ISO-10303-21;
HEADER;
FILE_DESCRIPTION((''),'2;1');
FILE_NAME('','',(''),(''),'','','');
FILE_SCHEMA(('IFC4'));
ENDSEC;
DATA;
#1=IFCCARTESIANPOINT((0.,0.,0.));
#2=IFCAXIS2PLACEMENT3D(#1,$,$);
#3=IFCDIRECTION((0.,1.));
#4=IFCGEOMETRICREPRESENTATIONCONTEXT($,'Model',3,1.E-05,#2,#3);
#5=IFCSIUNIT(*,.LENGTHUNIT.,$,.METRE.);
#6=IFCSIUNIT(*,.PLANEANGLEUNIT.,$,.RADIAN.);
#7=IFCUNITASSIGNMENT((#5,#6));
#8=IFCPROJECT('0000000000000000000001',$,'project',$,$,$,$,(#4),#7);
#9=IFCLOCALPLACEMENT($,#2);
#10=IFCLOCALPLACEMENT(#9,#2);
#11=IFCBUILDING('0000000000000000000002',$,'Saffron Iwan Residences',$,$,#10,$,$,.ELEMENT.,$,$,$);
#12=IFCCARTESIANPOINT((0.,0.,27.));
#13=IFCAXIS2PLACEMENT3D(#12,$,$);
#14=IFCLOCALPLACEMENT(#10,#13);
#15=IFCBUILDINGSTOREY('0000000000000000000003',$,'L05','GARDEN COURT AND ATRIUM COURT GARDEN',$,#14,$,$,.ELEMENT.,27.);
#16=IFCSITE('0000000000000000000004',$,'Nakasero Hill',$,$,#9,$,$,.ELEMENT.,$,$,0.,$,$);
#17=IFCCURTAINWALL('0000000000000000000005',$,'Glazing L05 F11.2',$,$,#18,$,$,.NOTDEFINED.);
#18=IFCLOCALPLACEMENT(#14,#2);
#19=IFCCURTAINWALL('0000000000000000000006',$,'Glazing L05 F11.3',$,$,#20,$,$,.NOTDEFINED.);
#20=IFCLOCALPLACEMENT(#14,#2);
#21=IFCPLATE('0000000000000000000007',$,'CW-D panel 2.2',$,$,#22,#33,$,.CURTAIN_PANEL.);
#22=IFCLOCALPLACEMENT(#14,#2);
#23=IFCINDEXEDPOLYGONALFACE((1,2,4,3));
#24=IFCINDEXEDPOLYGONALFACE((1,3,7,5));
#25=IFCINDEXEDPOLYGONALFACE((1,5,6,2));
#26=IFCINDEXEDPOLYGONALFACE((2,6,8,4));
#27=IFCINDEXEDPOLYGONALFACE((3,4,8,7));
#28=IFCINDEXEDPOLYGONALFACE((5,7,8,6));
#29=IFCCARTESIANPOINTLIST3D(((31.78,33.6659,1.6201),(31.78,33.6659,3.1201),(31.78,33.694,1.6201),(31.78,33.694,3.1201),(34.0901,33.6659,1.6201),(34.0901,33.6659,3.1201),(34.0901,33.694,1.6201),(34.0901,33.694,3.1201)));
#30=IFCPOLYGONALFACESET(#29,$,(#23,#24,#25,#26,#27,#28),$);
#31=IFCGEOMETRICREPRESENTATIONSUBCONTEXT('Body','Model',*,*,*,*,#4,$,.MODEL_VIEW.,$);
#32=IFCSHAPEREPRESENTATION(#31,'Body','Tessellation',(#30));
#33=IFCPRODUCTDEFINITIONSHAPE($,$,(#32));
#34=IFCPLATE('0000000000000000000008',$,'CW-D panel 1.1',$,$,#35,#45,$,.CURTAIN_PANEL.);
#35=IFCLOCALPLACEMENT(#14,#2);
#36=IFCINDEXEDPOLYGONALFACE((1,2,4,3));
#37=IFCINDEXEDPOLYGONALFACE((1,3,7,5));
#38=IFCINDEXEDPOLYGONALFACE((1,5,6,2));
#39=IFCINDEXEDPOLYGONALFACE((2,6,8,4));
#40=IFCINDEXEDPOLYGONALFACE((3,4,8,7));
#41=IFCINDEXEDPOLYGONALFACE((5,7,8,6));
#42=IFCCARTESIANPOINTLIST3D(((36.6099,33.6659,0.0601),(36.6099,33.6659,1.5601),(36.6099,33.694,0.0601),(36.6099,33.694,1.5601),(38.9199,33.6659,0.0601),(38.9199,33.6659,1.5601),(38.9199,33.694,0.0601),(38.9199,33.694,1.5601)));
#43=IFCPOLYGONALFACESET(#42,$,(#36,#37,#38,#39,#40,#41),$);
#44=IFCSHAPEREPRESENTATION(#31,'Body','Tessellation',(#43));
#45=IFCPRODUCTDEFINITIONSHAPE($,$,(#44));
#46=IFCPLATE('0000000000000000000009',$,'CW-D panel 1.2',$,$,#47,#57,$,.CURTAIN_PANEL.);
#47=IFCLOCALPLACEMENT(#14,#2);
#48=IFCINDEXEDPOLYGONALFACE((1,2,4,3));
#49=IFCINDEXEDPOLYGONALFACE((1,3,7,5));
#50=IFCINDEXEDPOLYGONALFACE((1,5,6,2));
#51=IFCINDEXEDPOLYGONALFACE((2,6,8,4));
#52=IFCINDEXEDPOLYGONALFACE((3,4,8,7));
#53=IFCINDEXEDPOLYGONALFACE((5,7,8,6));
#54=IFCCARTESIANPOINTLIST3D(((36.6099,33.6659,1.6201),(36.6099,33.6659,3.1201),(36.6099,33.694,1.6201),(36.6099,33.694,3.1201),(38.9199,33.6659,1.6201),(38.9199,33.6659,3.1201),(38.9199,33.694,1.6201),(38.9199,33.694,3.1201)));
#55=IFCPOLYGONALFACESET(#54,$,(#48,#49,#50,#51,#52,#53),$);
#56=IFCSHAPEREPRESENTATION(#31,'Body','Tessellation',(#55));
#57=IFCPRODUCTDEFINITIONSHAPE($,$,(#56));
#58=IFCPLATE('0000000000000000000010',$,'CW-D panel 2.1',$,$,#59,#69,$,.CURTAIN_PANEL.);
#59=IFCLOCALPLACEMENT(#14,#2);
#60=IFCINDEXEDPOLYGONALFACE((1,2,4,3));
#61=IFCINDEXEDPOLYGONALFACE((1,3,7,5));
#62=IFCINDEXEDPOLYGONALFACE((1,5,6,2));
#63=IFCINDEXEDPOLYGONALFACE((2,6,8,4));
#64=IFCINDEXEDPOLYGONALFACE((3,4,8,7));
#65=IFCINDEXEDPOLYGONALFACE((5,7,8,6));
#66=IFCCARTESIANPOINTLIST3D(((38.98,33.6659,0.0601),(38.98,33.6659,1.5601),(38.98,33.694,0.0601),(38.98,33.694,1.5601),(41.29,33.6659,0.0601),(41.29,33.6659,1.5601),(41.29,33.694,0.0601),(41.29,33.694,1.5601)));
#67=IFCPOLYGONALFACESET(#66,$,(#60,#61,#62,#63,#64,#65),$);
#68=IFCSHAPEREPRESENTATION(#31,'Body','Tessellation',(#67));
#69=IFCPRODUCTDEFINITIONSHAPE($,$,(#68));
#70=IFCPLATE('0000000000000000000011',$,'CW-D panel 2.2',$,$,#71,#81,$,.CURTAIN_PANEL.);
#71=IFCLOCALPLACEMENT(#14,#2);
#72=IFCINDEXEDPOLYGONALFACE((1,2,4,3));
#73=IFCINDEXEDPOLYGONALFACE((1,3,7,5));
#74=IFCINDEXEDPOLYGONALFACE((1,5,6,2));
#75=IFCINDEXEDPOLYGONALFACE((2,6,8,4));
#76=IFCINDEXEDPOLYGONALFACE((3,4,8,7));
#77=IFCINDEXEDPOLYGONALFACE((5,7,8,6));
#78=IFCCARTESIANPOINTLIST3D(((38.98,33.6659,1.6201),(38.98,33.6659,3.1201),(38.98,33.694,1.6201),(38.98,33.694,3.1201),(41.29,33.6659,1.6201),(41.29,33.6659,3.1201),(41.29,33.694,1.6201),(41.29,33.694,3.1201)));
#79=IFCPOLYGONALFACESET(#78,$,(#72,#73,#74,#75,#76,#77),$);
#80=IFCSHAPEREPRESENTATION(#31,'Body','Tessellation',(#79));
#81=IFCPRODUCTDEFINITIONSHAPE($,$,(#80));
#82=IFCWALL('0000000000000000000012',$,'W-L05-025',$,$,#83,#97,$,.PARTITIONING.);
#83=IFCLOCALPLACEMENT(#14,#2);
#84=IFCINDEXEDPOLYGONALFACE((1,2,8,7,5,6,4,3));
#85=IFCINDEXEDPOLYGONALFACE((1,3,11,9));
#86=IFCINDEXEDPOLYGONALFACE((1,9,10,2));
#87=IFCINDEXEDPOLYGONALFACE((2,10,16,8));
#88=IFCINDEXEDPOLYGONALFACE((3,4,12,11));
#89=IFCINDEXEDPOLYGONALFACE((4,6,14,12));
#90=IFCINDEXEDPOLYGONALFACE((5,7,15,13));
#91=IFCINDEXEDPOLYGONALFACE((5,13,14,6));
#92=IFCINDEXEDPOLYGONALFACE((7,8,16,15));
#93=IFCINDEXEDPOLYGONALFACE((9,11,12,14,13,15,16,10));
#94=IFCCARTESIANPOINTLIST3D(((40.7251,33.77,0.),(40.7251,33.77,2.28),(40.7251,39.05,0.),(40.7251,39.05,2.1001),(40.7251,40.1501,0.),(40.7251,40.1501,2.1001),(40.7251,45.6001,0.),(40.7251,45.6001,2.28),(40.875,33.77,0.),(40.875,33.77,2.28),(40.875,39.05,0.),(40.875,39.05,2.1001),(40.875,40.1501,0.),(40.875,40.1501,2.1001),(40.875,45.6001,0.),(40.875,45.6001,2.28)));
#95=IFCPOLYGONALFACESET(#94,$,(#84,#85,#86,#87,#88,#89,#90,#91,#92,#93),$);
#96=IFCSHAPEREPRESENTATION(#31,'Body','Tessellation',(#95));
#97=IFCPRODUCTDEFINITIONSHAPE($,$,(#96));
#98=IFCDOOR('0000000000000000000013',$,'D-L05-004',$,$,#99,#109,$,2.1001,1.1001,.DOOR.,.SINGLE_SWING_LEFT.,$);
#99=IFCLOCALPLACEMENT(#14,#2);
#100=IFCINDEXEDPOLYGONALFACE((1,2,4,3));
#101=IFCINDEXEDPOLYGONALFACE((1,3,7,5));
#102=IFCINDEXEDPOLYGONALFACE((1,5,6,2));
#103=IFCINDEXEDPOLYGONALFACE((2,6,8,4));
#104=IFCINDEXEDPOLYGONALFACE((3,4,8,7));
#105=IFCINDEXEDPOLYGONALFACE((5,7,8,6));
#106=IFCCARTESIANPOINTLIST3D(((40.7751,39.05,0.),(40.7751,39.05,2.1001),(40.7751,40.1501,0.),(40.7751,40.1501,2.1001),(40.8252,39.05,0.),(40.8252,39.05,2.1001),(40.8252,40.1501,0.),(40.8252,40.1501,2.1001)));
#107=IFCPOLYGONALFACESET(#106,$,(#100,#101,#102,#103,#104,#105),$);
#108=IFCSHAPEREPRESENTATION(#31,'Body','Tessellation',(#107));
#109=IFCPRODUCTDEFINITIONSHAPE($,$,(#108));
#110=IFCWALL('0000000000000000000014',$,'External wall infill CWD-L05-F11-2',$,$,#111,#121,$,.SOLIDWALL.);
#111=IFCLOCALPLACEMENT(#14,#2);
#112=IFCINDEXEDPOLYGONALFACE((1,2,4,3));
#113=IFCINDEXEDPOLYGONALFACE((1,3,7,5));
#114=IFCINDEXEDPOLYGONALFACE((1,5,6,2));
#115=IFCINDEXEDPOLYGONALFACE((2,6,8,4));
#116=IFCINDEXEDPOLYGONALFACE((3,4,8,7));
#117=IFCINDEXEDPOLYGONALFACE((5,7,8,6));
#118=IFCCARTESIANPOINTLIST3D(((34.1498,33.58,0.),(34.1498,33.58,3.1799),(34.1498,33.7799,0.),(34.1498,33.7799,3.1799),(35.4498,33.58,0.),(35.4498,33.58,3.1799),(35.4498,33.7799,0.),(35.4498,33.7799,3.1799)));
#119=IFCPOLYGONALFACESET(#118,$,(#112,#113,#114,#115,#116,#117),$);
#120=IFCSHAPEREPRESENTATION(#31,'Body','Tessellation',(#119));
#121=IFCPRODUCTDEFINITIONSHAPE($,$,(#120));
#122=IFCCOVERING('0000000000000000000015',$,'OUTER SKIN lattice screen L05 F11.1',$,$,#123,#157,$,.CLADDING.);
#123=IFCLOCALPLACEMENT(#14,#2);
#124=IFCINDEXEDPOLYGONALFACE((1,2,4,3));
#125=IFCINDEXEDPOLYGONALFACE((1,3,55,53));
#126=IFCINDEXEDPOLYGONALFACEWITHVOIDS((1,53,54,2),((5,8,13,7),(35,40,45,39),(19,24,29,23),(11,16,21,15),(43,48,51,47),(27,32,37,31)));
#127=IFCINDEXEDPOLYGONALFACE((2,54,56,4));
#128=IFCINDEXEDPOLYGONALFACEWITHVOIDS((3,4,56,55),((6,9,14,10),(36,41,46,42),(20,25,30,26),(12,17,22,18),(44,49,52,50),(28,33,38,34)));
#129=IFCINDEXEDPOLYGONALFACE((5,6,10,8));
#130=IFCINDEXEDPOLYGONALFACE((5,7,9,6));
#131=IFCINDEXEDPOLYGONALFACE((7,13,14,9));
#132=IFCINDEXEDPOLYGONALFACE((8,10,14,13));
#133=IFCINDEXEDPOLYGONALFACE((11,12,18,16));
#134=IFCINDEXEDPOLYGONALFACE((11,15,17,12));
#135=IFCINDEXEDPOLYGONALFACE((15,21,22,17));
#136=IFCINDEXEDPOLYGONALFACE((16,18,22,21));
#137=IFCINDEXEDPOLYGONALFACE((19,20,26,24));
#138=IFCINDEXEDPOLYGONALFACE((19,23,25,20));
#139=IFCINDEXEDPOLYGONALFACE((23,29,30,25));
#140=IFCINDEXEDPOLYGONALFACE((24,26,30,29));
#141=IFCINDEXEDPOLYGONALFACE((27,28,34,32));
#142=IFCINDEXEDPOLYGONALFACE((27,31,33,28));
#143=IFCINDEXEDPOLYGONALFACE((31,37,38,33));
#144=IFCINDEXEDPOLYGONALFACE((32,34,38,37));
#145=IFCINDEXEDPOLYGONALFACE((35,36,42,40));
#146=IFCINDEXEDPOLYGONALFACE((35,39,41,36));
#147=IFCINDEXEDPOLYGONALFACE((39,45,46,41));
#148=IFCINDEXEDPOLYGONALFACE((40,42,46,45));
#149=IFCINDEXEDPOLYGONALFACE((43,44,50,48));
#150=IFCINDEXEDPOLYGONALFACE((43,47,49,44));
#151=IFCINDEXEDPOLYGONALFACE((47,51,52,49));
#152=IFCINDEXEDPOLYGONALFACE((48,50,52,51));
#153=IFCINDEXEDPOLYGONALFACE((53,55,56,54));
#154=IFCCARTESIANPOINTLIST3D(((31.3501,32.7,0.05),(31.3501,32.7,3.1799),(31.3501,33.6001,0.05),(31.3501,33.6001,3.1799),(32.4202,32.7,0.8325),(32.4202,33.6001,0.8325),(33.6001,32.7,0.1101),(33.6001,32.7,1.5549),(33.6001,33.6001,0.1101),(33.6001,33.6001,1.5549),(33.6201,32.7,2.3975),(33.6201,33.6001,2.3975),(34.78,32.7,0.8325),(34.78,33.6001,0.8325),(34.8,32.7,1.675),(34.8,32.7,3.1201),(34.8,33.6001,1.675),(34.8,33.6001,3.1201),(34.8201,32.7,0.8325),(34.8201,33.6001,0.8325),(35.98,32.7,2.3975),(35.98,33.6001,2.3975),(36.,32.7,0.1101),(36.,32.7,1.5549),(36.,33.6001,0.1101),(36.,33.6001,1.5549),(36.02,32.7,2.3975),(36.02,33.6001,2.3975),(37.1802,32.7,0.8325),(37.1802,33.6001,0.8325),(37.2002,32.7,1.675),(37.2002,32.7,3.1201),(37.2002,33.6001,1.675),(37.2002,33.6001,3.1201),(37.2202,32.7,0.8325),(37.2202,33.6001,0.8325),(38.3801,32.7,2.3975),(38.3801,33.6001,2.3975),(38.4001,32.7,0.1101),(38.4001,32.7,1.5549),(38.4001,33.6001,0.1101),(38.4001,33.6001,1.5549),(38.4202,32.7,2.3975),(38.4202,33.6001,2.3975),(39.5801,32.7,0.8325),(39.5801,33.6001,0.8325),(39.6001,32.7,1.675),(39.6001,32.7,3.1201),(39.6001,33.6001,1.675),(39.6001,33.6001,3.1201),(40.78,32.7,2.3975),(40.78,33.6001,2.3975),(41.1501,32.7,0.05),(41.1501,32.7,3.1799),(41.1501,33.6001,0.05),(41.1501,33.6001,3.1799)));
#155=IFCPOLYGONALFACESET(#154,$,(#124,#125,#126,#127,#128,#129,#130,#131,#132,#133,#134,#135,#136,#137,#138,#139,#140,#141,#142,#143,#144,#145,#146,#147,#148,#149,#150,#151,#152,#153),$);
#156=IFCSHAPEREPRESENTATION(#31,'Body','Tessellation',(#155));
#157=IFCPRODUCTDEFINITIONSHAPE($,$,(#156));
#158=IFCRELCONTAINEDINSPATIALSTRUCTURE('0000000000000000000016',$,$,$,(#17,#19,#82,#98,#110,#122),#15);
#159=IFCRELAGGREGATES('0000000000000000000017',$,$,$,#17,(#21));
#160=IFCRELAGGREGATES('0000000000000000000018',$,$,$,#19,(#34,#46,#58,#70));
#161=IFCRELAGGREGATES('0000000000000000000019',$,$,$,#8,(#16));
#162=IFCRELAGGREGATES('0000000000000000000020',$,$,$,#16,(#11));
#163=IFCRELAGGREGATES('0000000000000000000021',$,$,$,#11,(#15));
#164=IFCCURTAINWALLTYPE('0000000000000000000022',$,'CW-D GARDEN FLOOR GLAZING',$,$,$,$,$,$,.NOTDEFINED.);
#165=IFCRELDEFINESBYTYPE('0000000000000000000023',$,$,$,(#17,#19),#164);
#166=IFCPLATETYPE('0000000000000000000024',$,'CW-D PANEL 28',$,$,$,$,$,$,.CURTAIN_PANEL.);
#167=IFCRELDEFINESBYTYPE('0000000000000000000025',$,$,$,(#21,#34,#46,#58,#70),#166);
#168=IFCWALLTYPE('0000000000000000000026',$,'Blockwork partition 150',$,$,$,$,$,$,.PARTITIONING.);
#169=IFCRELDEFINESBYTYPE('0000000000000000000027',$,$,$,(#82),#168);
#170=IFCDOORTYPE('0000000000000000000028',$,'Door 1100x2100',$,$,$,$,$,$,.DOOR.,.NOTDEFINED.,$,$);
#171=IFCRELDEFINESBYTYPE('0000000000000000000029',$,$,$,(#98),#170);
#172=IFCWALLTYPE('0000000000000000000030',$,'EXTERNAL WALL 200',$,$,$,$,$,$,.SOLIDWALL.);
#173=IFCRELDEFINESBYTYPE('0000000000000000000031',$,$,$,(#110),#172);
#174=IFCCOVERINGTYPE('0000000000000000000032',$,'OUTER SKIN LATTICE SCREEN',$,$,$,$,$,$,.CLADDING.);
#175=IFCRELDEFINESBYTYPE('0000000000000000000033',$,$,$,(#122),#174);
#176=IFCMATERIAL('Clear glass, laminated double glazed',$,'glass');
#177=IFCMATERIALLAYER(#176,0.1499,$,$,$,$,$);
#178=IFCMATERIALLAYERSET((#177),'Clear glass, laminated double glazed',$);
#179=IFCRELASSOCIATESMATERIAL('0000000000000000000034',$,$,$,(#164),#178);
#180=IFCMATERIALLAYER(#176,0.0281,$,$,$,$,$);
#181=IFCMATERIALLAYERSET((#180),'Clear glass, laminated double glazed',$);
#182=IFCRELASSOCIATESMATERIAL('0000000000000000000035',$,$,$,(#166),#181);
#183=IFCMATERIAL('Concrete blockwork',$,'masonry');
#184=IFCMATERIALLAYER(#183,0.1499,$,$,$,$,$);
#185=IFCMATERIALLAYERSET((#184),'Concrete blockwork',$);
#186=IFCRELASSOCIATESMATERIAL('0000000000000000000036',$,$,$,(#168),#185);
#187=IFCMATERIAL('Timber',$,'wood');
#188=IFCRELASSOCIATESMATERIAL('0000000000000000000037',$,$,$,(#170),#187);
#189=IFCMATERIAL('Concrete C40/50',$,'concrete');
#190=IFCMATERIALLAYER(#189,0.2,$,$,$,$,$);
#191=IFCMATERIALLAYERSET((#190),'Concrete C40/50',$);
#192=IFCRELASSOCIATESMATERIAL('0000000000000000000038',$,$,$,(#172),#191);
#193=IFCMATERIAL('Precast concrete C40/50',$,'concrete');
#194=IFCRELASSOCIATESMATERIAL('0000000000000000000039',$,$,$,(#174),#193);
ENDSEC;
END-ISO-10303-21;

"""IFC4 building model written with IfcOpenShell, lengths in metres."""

from ifc_helpers import new_model, si_unit, direction, frame, frame_2d, origin, origin_2d, place, context, subcontext, project, spatial, polyline, rectangle, outline, extrude, source, transform, mapped, material, layer, layer_set, type_object, element, fill, aggregate, save


model = new_model("IFC4")

# Units and contexts
model_context = context("Model", 3, precision=1e-05, world=origin(), true_north=direction((0.0, 1.0)))
body_context = subcontext(model_context, "Body", "Model", "MODEL_VIEW")
ifc_project = project(units=[si_unit("LENGTHUNIT", "METRE"), si_unit("PLANEANGLEUNIT", "RADIAN")], contexts=[model_context])

# Site, building, storey
site_placement = place(None, origin())
site = spatial("IfcSite", under=ifc_project, at=site_placement, Name="Nakasero Hill", CompositionType="ELEMENT", RefElevation=0.0)
building_placement = place(site_placement, origin())
building = spatial("IfcBuilding", under=site, at=building_placement, Name="Saffron Iwan Residences", CompositionType="ELEMENT")
storey_placement = place(building_placement, frame((0.0, 0.0, 27.0)))
storey = spatial("IfcBuildingStorey", under=building, at=storey_placement, Name="L05", Description="GARDEN COURT AND ATRIUM COURT GARDEN", CompositionType="ELEMENT", Elevation=27.0)

# Curtain walls
ifc_material_1 = material(Name="Clear glass, laminated double glazed", Category="glass")
ifc_layer_1 = layer(ifc_material_1, 0.1499)
ifc_layer_set_1 = layer_set([ifc_layer_1], Name="Clear glass, laminated double glazed")
curtain_wall_type = type_object("IfcCurtainWallType", Name="CW-D GARDEN FLOOR GLAZING", PredefinedType="NOTDEFINED", material=ifc_layer_set_1)
curtain_wall_1_placement = place(storey_placement, origin())
curtain_wall_1 = element("IfcCurtainWall", 1, at=curtain_wall_1_placement, inside=storey, type_object=curtain_wall_type, Name="Glazing L05 F11.2", PredefinedType="NOTDEFINED")
curtain_wall_2_placement = place(storey_placement, origin())
curtain_wall_2 = element("IfcCurtainWall", 2, at=curtain_wall_2_placement, inside=storey, type_object=curtain_wall_type, Name="Glazing L05 F11.3", PredefinedType="NOTDEFINED")

# Plates
ifc_layer_2 = layer(ifc_material_1, 0.0281)
ifc_layer_set_2 = layer_set([ifc_layer_2], Name="Clear glass, laminated double glazed")
plate_type = type_object("IfcPlateType", Name="CW-D PANEL 28", PredefinedType="CURTAIN_PANEL", material=ifc_layer_set_2)
shared_shape_1 = source(origin(), body_context, "Body", "SweptSolid", [
    extrude(rectangle(XDim=2.3101, YDim=0.0281, at=origin_2d()), origin(), (0.0, 0.0, 1.0), 1.5),
])
plate_1_placement = place(storey_placement, frame((32.9351, 33.6799, 1.6201), z_axis=(0.0, 0.0, 1.0), x_axis=(1.0, 0.0, 0.0)))
plate_1 = element("IfcPlate", 3, at=plate_1_placement, type_object=plate_type, Name="CW-D panel 2.2", PredefinedType="CURTAIN_PANEL", context=body_context, shape_type="MappedRepresentation", body=[
    mapped(shared_shape_1, transform((0.0, 0.0, 0.0))),
])
aggregate(curtain_wall_1, [plate_1])
plate_2_placement = place(storey_placement, frame((37.7649, 33.6799, 0.0601), z_axis=(0.0, 0.0, 1.0), x_axis=(1.0, 0.0, 0.0)))
plate_2 = element("IfcPlate", 4, at=plate_2_placement, type_object=plate_type, Name="CW-D panel 1.1", PredefinedType="CURTAIN_PANEL", context=body_context, shape_type="MappedRepresentation", body=[
    mapped(shared_shape_1, transform((0.0, 0.0, 0.0))),
])
plate_3_placement = place(storey_placement, frame((37.7649, 33.6799, 1.6201), z_axis=(0.0, 0.0, 1.0), x_axis=(1.0, 0.0, 0.0)))
plate_3 = element("IfcPlate", 5, at=plate_3_placement, type_object=plate_type, Name="CW-D panel 1.2", PredefinedType="CURTAIN_PANEL", context=body_context, shape_type="MappedRepresentation", body=[
    mapped(shared_shape_1, transform((0.0, 0.0, 0.0))),
])
plate_4_placement = place(storey_placement, frame((40.135, 33.6799, 0.0601), z_axis=(0.0, 0.0, 1.0), x_axis=(1.0, 0.0, 0.0)))
plate_4 = element("IfcPlate", 6, at=plate_4_placement, type_object=plate_type, Name="CW-D panel 2.1", PredefinedType="CURTAIN_PANEL", context=body_context, shape_type="MappedRepresentation", body=[
    mapped(shared_shape_1, transform((0.0, 0.0, 0.0))),
])
plate_5_placement = place(storey_placement, frame((40.135, 33.6799, 1.6201), z_axis=(0.0, 0.0, 1.0), x_axis=(1.0, 0.0, 0.0)))
plate_5 = element("IfcPlate", 7, at=plate_5_placement, type_object=plate_type, Name="CW-D panel 2.2", PredefinedType="CURTAIN_PANEL", context=body_context, shape_type="MappedRepresentation", body=[
    mapped(shared_shape_1, transform((0.0, 0.0, 0.0))),
])
aggregate(curtain_wall_2, [plate_2, plate_3, plate_4, plate_5])

# Wall, opening, door
ifc_material_2 = material(Name="Concrete blockwork", Category="masonry")
ifc_layer_3 = layer(ifc_material_2, 0.1499)
ifc_layer_set_3 = layer_set([ifc_layer_3], Name="Concrete blockwork")
wall_type_1 = type_object("IfcWallType", Name="Blockwork partition 150", PredefinedType="PARTITIONING", material=ifc_layer_set_3)
wall_1_placement = place(storey_placement, frame((40.8, 33.77, 0.0), z_axis=(0.0, 0.0, 1.0), x_axis=(0.0, 1.0, 0.0)))
wall_1 = element("IfcWall", 8, at=wall_1_placement, inside=storey, type_object=wall_type_1, Name="W-L05-025", PredefinedType="PARTITIONING", context=body_context, shape_type="SweptSolid", body=[
    extrude(rectangle(XDim=11.8301, YDim=0.1499, at=frame_2d((5.915, 0.0))), origin(), (0.0, 0.0, 1.0), 2.28),
])
opening_placement = place(wall_1_placement, frame((5.28, 0.0, 0.0)))
opening = element("IfcOpeningElement", 9, at=opening_placement, cuts=wall_1, PredefinedType="OPENING", context=body_context, shape_type="SweptSolid", body=[
    extrude(rectangle(XDim=1.1001, YDim=2.1001, at=frame_2d((0.55, 1.05))), frame((0.0, 0.085, 0.0), z_axis=(0.0, -1.0, 0.0), x_axis=(1.0, 0.0, 0.0)), (0.0, 0.0, 1.0), 0.1699),
])
ifc_material_3 = material(Name="Timber", Category="wood")
door_type = type_object("IfcDoorType", Name="Door 1100x2100", OperationType="NOTDEFINED", PredefinedType="DOOR", material=ifc_material_3)
door_placement = place(opening_placement, origin())
door = element("IfcDoor", 10, at=door_placement, inside=storey, type_object=door_type, Name="D-L05-004", OperationType="SINGLE_SWING_LEFT", OverallHeight=2.1001, OverallWidth=1.1001, PredefinedType="DOOR", context=body_context, shape_type="SweptSolid", body=[
    extrude(rectangle(XDim=1.1001, YDim=2.1001, at=frame_2d((0.55, 1.05))), frame((0.0, 0.0249, 0.0), z_axis=(0.0, -1.0, 0.0), x_axis=(1.0, 0.0, 0.0)), (0.0, 0.0, 1.0), 0.05),
])
fill(opening, door)

# Wall
ifc_material_4 = material(Name="Concrete C40/50", Category="concrete")
ifc_layer_4 = layer(ifc_material_4, 0.2)
ifc_layer_set_4 = layer_set([ifc_layer_4], Name="Concrete C40/50")
wall_type_2 = type_object("IfcWallType", Name="EXTERNAL WALL 200", PredefinedType="SOLIDWALL", material=ifc_layer_set_4)
wall_2_placement = place(storey_placement, frame((34.1499, 33.6799, 0.0), z_axis=(0.0, 0.0, 1.0), x_axis=(1.0, 0.0, 0.0)))
element("IfcWall", 11, at=wall_2_placement, inside=storey, type_object=wall_type_2, Name="External wall infill CWD-L05-F11-2", PredefinedType="SOLIDWALL", context=body_context, shape_type="SweptSolid", body=[
    extrude(rectangle(XDim=1.3, YDim=0.2, at=frame_2d((0.6499, 0.0))), origin(), (0.0, 0.0, 1.0), 3.1799),
])

# Covering
ifc_material_5 = material(Name="Precast concrete C40/50", Category="concrete")
covering_type = type_object("IfcCoveringType", Name="OUTER SKIN LATTICE SCREEN", PredefinedType="CLADDING", material=ifc_material_5)
covering_placement = place(storey_placement, frame((31.3501, 33.6001, 0.05), z_axis=(0.0, -1.0, 0.0), x_axis=(1.0, 0.0, 0.0)))
element("IfcCovering", 12, at=covering_placement, inside=storey, type_object=covering_type, Name="OUTER SKIN lattice screen L05 F11.1", PredefinedType="CLADDING", context=body_context, shape_type="SweptSolid", body=[
    extrude(outline(polyline([(0.0, 0.0), (9.8, 0.0), (9.8, 3.1299), (0.0, 3.1299), (0.0, 0.0)]), holes=[polyline([(1.0701, 0.7825), (2.25, 0.0601), (3.4299, 0.7825), (2.25, 1.5049), (1.0701, 0.7825)]), polyline([(3.47, 0.7825), (4.6499, 0.0601), (5.8301, 0.7825), (4.6499, 1.5049), (3.47, 0.7825)]), polyline([(5.8701, 0.7825), (7.05, 0.0601), (8.23, 0.7825), (7.05, 1.5049), (5.8701, 0.7825)]), polyline([(2.27, 2.3474), (3.45, 1.625), (4.6299, 2.3474), (3.45, 3.0701), (2.27, 2.3474)]), polyline([(4.6699, 2.3474), (5.8501, 1.625), (7.03, 2.3474), (5.8501, 3.0701), (4.6699, 2.3474)]), polyline([(7.0701, 2.3474), (8.25, 1.625), (9.4299, 2.3474), (8.25, 3.0701), (7.0701, 2.3474)])]), origin(), (0.0, 0.0, 1.0), 0.9001),
])

save(model, "model.ifc")
